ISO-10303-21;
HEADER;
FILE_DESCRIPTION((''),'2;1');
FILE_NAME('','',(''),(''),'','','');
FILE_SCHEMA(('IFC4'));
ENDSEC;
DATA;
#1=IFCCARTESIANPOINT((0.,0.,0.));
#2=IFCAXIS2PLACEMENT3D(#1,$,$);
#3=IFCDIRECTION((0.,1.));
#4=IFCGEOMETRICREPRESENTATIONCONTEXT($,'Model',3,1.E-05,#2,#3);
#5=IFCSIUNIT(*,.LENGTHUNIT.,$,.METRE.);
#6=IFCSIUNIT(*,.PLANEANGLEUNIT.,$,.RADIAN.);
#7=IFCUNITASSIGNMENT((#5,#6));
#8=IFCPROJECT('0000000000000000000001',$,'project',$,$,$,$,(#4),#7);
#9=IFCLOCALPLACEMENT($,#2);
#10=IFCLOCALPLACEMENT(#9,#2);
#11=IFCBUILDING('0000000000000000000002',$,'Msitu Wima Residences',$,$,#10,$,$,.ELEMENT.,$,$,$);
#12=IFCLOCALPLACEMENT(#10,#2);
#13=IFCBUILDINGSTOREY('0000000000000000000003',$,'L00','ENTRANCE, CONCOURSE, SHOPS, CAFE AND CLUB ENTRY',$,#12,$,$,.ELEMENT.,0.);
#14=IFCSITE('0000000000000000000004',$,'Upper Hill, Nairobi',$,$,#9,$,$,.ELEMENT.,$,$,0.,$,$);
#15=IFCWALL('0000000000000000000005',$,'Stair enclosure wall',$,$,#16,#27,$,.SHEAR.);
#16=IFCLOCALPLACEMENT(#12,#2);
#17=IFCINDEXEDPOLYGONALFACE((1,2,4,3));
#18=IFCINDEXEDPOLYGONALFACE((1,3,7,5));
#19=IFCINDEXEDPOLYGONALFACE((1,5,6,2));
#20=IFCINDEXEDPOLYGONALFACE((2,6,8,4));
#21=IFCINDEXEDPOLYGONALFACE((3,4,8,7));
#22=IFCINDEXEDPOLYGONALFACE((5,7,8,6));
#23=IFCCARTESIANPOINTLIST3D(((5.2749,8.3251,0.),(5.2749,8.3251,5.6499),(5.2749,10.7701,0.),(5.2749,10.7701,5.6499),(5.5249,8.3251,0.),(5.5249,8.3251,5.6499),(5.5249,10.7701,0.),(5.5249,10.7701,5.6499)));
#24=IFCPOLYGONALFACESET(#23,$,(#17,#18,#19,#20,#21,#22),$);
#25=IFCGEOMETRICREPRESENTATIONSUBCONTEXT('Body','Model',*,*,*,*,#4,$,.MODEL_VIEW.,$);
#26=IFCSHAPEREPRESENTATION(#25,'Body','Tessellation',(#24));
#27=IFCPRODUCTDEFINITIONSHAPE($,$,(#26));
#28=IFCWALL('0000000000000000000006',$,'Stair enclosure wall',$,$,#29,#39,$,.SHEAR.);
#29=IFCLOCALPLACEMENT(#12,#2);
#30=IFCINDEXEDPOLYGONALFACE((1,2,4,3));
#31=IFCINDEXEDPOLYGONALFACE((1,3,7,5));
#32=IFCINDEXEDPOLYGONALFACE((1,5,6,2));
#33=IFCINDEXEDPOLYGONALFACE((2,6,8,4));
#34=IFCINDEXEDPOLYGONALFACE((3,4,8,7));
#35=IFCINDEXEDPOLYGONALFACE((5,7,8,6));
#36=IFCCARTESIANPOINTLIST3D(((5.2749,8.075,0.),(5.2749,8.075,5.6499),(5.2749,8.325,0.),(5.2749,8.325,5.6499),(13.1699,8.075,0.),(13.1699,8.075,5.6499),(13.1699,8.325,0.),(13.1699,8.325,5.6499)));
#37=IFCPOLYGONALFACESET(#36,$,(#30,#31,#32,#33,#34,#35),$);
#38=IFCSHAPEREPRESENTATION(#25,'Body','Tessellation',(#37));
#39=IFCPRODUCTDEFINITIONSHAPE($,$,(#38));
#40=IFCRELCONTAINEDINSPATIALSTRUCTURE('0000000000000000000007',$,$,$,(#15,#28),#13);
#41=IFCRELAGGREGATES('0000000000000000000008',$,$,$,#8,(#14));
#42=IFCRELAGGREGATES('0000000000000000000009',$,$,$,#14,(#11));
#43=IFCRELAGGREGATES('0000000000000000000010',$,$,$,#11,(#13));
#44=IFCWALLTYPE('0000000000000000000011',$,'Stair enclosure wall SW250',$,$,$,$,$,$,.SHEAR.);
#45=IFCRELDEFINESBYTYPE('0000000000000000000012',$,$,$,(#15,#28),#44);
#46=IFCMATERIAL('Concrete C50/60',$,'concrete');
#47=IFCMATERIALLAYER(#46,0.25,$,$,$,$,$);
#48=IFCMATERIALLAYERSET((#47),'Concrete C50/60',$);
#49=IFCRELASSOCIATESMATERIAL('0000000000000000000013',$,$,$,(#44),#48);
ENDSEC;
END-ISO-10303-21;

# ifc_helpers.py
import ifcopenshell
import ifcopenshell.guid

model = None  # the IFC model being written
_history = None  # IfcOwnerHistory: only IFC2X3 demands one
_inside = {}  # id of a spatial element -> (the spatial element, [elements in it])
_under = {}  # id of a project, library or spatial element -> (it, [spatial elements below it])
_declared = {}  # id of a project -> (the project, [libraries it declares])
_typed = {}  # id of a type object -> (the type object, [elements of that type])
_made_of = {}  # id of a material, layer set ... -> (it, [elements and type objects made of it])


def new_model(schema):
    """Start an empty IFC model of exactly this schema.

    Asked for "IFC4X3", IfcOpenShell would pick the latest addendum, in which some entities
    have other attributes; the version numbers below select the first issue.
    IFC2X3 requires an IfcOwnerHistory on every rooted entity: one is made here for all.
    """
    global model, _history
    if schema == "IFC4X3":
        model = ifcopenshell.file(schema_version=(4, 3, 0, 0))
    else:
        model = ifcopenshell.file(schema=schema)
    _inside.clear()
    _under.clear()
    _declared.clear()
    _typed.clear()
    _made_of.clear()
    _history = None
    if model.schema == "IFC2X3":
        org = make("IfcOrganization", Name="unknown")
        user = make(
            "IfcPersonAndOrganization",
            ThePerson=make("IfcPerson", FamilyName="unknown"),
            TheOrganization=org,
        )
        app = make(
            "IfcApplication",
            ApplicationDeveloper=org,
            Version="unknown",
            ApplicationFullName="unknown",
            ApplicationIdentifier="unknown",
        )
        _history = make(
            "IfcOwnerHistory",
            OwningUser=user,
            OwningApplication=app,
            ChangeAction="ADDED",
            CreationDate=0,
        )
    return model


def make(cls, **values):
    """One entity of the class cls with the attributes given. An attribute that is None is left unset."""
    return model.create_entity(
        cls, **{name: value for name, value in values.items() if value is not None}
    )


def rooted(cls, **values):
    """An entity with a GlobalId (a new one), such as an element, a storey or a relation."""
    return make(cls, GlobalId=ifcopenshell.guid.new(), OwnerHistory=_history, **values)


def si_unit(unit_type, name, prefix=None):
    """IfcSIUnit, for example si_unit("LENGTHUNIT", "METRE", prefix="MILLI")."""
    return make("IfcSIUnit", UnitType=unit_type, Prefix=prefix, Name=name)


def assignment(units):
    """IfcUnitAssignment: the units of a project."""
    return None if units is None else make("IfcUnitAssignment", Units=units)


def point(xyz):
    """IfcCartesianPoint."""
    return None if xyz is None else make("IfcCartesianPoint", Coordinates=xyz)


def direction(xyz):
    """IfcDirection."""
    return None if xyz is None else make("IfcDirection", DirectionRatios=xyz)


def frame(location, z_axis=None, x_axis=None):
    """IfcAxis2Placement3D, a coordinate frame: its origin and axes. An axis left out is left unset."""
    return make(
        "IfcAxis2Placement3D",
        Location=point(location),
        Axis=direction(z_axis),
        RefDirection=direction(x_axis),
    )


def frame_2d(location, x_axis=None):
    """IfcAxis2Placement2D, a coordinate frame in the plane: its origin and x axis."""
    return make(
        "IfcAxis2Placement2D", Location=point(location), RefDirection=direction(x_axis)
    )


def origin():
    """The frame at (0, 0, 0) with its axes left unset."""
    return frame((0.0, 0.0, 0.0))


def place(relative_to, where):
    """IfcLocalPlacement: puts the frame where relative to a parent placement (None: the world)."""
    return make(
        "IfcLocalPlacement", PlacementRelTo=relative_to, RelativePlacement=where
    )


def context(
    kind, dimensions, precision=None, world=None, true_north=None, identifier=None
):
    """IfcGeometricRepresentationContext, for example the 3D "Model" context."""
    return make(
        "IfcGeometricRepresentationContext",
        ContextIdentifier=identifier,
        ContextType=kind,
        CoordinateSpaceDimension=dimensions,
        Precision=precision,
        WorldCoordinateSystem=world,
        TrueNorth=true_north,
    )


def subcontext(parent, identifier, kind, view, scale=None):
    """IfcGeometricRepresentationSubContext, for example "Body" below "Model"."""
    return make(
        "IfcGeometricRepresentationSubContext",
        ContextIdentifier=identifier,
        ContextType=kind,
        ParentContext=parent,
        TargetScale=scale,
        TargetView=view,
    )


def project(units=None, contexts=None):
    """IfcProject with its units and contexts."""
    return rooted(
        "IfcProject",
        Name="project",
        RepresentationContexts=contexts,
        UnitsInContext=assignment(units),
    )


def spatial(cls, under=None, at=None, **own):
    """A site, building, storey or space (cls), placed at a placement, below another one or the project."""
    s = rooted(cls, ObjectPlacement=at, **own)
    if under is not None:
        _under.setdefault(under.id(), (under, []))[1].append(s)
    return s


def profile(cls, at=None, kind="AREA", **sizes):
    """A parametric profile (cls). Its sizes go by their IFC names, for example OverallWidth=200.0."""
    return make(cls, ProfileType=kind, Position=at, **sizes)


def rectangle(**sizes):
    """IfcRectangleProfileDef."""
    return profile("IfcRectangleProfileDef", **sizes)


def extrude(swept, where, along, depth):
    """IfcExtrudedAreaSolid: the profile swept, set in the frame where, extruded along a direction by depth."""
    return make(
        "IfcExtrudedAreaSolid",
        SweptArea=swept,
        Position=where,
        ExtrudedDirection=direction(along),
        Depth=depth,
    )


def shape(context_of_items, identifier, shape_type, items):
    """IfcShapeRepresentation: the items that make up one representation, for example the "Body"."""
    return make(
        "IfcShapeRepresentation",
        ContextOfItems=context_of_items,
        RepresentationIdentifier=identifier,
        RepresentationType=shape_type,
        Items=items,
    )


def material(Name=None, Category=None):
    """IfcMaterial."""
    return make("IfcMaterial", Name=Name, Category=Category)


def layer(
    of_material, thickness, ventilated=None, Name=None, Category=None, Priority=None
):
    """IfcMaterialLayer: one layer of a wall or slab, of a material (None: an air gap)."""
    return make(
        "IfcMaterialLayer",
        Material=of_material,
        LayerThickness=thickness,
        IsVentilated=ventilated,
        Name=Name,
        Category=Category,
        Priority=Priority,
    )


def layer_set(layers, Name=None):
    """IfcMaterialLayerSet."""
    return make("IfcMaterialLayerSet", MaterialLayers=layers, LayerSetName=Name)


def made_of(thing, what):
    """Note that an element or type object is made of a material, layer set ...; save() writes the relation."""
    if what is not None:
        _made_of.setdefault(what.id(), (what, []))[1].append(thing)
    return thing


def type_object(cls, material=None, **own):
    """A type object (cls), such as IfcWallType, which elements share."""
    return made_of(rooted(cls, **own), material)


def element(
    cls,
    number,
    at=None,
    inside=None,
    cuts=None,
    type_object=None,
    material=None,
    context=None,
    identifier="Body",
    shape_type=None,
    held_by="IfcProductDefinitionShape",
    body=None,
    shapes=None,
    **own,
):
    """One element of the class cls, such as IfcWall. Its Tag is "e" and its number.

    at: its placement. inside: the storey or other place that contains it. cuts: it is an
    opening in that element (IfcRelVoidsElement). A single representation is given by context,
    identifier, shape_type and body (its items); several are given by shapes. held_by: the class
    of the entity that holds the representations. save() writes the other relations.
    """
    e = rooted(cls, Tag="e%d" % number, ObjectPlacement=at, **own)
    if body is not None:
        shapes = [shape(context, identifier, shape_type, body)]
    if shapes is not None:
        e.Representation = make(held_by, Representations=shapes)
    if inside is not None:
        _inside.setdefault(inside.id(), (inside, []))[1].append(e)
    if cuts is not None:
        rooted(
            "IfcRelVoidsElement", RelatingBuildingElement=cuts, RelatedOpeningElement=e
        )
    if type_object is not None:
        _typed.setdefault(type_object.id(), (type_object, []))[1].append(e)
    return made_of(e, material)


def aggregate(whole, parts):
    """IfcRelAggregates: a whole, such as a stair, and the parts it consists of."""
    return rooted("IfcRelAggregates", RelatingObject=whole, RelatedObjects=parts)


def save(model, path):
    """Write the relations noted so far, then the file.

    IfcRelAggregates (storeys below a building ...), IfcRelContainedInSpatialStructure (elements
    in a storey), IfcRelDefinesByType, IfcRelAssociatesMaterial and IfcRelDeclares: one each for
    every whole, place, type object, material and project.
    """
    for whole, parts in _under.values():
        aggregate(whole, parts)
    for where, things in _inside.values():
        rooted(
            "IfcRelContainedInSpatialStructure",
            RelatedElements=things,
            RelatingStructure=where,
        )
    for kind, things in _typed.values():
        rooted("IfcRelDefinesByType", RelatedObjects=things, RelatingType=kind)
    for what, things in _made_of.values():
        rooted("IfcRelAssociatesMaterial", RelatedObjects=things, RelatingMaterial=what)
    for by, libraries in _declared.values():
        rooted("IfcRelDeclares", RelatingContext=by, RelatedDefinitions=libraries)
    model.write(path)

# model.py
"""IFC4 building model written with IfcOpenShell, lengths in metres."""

from ifc_helpers import new_model, si_unit, direction, frame, frame_2d, origin, place, context, subcontext, project, spatial, rectangle, extrude, material, layer, layer_set, type_object, element, save


model = new_model("IFC4")

# Units and contexts
model_context = context("Model", 3, precision=1e-05, world=origin(), true_north=direction((0.0, 1.0)))
body_context = subcontext(model_context, "Body", "Model", "MODEL_VIEW")
ifc_project = project(units=[si_unit("LENGTHUNIT", "METRE"), si_unit("PLANEANGLEUNIT", "RADIAN")], contexts=[model_context])

# Site, building, storey
site_placement = place(None, origin())
site = spatial("IfcSite", under=ifc_project, at=site_placement, Name="Upper Hill, Nairobi", CompositionType="ELEMENT", RefElevation=0.0)
building_placement = place(site_placement, origin())
building = spatial("IfcBuilding", under=site, at=building_placement, Name="Msitu Wima Residences", CompositionType="ELEMENT")
storey_placement = place(building_placement, origin())
storey = spatial("IfcBuildingStorey", under=building, at=storey_placement, Name="L00", Description="ENTRANCE, CONCOURSE, SHOPS, CAFE AND CLUB ENTRY", CompositionType="ELEMENT", Elevation=0.0)

# Walls
ifc_material_1 = material(Name="Concrete C50/60", Category="concrete")
ifc_layer_1 = layer(ifc_material_1, 0.25)
ifc_layer_set_1 = layer_set([ifc_layer_1], Name="Concrete C50/60")
wall_type_1 = type_object("IfcWallType", Name="Stair enclosure wall SW250", PredefinedType="SHEAR", material=ifc_layer_set_1)
wall_1_placement = place(storey_placement, frame((5.3999, 8.325, 0.0), z_axis=(0.0, 0.0, 1.0), x_axis=(0.0, 1.0, 0.0)))
element("IfcWall", 1, at=wall_1_placement, inside=storey, type_object=wall_type_1, Name="Stair enclosure wall", PredefinedType="SHEAR", context=body_context, shape_type="SweptSolid", body=[
    extrude(rectangle(XDim=2.4451, YDim=0.25, at=frame_2d((1.2227, 0.0))), origin(), (0.0, 0.0, 1.0), 5.6499),
])
wall_2_placement = place(storey_placement, frame((5.2749, 8.2, 0.0), z_axis=(0.0, 0.0, 1.0), x_axis=(1.0, 0.0, 0.0)))
element("IfcWall", 2, at=wall_2_placement, inside=storey, type_object=wall_type_1, Name="Stair enclosure wall", PredefinedType="SHEAR", context=body_context, shape_type="SweptSolid", body=[
    extrude(rectangle(XDim=7.895, YDim=0.25, at=frame_2d((3.9475, 0.0))), origin(), (0.0, 0.0, 1.0), 5.6499),
])

save(model, "model.ifc")
